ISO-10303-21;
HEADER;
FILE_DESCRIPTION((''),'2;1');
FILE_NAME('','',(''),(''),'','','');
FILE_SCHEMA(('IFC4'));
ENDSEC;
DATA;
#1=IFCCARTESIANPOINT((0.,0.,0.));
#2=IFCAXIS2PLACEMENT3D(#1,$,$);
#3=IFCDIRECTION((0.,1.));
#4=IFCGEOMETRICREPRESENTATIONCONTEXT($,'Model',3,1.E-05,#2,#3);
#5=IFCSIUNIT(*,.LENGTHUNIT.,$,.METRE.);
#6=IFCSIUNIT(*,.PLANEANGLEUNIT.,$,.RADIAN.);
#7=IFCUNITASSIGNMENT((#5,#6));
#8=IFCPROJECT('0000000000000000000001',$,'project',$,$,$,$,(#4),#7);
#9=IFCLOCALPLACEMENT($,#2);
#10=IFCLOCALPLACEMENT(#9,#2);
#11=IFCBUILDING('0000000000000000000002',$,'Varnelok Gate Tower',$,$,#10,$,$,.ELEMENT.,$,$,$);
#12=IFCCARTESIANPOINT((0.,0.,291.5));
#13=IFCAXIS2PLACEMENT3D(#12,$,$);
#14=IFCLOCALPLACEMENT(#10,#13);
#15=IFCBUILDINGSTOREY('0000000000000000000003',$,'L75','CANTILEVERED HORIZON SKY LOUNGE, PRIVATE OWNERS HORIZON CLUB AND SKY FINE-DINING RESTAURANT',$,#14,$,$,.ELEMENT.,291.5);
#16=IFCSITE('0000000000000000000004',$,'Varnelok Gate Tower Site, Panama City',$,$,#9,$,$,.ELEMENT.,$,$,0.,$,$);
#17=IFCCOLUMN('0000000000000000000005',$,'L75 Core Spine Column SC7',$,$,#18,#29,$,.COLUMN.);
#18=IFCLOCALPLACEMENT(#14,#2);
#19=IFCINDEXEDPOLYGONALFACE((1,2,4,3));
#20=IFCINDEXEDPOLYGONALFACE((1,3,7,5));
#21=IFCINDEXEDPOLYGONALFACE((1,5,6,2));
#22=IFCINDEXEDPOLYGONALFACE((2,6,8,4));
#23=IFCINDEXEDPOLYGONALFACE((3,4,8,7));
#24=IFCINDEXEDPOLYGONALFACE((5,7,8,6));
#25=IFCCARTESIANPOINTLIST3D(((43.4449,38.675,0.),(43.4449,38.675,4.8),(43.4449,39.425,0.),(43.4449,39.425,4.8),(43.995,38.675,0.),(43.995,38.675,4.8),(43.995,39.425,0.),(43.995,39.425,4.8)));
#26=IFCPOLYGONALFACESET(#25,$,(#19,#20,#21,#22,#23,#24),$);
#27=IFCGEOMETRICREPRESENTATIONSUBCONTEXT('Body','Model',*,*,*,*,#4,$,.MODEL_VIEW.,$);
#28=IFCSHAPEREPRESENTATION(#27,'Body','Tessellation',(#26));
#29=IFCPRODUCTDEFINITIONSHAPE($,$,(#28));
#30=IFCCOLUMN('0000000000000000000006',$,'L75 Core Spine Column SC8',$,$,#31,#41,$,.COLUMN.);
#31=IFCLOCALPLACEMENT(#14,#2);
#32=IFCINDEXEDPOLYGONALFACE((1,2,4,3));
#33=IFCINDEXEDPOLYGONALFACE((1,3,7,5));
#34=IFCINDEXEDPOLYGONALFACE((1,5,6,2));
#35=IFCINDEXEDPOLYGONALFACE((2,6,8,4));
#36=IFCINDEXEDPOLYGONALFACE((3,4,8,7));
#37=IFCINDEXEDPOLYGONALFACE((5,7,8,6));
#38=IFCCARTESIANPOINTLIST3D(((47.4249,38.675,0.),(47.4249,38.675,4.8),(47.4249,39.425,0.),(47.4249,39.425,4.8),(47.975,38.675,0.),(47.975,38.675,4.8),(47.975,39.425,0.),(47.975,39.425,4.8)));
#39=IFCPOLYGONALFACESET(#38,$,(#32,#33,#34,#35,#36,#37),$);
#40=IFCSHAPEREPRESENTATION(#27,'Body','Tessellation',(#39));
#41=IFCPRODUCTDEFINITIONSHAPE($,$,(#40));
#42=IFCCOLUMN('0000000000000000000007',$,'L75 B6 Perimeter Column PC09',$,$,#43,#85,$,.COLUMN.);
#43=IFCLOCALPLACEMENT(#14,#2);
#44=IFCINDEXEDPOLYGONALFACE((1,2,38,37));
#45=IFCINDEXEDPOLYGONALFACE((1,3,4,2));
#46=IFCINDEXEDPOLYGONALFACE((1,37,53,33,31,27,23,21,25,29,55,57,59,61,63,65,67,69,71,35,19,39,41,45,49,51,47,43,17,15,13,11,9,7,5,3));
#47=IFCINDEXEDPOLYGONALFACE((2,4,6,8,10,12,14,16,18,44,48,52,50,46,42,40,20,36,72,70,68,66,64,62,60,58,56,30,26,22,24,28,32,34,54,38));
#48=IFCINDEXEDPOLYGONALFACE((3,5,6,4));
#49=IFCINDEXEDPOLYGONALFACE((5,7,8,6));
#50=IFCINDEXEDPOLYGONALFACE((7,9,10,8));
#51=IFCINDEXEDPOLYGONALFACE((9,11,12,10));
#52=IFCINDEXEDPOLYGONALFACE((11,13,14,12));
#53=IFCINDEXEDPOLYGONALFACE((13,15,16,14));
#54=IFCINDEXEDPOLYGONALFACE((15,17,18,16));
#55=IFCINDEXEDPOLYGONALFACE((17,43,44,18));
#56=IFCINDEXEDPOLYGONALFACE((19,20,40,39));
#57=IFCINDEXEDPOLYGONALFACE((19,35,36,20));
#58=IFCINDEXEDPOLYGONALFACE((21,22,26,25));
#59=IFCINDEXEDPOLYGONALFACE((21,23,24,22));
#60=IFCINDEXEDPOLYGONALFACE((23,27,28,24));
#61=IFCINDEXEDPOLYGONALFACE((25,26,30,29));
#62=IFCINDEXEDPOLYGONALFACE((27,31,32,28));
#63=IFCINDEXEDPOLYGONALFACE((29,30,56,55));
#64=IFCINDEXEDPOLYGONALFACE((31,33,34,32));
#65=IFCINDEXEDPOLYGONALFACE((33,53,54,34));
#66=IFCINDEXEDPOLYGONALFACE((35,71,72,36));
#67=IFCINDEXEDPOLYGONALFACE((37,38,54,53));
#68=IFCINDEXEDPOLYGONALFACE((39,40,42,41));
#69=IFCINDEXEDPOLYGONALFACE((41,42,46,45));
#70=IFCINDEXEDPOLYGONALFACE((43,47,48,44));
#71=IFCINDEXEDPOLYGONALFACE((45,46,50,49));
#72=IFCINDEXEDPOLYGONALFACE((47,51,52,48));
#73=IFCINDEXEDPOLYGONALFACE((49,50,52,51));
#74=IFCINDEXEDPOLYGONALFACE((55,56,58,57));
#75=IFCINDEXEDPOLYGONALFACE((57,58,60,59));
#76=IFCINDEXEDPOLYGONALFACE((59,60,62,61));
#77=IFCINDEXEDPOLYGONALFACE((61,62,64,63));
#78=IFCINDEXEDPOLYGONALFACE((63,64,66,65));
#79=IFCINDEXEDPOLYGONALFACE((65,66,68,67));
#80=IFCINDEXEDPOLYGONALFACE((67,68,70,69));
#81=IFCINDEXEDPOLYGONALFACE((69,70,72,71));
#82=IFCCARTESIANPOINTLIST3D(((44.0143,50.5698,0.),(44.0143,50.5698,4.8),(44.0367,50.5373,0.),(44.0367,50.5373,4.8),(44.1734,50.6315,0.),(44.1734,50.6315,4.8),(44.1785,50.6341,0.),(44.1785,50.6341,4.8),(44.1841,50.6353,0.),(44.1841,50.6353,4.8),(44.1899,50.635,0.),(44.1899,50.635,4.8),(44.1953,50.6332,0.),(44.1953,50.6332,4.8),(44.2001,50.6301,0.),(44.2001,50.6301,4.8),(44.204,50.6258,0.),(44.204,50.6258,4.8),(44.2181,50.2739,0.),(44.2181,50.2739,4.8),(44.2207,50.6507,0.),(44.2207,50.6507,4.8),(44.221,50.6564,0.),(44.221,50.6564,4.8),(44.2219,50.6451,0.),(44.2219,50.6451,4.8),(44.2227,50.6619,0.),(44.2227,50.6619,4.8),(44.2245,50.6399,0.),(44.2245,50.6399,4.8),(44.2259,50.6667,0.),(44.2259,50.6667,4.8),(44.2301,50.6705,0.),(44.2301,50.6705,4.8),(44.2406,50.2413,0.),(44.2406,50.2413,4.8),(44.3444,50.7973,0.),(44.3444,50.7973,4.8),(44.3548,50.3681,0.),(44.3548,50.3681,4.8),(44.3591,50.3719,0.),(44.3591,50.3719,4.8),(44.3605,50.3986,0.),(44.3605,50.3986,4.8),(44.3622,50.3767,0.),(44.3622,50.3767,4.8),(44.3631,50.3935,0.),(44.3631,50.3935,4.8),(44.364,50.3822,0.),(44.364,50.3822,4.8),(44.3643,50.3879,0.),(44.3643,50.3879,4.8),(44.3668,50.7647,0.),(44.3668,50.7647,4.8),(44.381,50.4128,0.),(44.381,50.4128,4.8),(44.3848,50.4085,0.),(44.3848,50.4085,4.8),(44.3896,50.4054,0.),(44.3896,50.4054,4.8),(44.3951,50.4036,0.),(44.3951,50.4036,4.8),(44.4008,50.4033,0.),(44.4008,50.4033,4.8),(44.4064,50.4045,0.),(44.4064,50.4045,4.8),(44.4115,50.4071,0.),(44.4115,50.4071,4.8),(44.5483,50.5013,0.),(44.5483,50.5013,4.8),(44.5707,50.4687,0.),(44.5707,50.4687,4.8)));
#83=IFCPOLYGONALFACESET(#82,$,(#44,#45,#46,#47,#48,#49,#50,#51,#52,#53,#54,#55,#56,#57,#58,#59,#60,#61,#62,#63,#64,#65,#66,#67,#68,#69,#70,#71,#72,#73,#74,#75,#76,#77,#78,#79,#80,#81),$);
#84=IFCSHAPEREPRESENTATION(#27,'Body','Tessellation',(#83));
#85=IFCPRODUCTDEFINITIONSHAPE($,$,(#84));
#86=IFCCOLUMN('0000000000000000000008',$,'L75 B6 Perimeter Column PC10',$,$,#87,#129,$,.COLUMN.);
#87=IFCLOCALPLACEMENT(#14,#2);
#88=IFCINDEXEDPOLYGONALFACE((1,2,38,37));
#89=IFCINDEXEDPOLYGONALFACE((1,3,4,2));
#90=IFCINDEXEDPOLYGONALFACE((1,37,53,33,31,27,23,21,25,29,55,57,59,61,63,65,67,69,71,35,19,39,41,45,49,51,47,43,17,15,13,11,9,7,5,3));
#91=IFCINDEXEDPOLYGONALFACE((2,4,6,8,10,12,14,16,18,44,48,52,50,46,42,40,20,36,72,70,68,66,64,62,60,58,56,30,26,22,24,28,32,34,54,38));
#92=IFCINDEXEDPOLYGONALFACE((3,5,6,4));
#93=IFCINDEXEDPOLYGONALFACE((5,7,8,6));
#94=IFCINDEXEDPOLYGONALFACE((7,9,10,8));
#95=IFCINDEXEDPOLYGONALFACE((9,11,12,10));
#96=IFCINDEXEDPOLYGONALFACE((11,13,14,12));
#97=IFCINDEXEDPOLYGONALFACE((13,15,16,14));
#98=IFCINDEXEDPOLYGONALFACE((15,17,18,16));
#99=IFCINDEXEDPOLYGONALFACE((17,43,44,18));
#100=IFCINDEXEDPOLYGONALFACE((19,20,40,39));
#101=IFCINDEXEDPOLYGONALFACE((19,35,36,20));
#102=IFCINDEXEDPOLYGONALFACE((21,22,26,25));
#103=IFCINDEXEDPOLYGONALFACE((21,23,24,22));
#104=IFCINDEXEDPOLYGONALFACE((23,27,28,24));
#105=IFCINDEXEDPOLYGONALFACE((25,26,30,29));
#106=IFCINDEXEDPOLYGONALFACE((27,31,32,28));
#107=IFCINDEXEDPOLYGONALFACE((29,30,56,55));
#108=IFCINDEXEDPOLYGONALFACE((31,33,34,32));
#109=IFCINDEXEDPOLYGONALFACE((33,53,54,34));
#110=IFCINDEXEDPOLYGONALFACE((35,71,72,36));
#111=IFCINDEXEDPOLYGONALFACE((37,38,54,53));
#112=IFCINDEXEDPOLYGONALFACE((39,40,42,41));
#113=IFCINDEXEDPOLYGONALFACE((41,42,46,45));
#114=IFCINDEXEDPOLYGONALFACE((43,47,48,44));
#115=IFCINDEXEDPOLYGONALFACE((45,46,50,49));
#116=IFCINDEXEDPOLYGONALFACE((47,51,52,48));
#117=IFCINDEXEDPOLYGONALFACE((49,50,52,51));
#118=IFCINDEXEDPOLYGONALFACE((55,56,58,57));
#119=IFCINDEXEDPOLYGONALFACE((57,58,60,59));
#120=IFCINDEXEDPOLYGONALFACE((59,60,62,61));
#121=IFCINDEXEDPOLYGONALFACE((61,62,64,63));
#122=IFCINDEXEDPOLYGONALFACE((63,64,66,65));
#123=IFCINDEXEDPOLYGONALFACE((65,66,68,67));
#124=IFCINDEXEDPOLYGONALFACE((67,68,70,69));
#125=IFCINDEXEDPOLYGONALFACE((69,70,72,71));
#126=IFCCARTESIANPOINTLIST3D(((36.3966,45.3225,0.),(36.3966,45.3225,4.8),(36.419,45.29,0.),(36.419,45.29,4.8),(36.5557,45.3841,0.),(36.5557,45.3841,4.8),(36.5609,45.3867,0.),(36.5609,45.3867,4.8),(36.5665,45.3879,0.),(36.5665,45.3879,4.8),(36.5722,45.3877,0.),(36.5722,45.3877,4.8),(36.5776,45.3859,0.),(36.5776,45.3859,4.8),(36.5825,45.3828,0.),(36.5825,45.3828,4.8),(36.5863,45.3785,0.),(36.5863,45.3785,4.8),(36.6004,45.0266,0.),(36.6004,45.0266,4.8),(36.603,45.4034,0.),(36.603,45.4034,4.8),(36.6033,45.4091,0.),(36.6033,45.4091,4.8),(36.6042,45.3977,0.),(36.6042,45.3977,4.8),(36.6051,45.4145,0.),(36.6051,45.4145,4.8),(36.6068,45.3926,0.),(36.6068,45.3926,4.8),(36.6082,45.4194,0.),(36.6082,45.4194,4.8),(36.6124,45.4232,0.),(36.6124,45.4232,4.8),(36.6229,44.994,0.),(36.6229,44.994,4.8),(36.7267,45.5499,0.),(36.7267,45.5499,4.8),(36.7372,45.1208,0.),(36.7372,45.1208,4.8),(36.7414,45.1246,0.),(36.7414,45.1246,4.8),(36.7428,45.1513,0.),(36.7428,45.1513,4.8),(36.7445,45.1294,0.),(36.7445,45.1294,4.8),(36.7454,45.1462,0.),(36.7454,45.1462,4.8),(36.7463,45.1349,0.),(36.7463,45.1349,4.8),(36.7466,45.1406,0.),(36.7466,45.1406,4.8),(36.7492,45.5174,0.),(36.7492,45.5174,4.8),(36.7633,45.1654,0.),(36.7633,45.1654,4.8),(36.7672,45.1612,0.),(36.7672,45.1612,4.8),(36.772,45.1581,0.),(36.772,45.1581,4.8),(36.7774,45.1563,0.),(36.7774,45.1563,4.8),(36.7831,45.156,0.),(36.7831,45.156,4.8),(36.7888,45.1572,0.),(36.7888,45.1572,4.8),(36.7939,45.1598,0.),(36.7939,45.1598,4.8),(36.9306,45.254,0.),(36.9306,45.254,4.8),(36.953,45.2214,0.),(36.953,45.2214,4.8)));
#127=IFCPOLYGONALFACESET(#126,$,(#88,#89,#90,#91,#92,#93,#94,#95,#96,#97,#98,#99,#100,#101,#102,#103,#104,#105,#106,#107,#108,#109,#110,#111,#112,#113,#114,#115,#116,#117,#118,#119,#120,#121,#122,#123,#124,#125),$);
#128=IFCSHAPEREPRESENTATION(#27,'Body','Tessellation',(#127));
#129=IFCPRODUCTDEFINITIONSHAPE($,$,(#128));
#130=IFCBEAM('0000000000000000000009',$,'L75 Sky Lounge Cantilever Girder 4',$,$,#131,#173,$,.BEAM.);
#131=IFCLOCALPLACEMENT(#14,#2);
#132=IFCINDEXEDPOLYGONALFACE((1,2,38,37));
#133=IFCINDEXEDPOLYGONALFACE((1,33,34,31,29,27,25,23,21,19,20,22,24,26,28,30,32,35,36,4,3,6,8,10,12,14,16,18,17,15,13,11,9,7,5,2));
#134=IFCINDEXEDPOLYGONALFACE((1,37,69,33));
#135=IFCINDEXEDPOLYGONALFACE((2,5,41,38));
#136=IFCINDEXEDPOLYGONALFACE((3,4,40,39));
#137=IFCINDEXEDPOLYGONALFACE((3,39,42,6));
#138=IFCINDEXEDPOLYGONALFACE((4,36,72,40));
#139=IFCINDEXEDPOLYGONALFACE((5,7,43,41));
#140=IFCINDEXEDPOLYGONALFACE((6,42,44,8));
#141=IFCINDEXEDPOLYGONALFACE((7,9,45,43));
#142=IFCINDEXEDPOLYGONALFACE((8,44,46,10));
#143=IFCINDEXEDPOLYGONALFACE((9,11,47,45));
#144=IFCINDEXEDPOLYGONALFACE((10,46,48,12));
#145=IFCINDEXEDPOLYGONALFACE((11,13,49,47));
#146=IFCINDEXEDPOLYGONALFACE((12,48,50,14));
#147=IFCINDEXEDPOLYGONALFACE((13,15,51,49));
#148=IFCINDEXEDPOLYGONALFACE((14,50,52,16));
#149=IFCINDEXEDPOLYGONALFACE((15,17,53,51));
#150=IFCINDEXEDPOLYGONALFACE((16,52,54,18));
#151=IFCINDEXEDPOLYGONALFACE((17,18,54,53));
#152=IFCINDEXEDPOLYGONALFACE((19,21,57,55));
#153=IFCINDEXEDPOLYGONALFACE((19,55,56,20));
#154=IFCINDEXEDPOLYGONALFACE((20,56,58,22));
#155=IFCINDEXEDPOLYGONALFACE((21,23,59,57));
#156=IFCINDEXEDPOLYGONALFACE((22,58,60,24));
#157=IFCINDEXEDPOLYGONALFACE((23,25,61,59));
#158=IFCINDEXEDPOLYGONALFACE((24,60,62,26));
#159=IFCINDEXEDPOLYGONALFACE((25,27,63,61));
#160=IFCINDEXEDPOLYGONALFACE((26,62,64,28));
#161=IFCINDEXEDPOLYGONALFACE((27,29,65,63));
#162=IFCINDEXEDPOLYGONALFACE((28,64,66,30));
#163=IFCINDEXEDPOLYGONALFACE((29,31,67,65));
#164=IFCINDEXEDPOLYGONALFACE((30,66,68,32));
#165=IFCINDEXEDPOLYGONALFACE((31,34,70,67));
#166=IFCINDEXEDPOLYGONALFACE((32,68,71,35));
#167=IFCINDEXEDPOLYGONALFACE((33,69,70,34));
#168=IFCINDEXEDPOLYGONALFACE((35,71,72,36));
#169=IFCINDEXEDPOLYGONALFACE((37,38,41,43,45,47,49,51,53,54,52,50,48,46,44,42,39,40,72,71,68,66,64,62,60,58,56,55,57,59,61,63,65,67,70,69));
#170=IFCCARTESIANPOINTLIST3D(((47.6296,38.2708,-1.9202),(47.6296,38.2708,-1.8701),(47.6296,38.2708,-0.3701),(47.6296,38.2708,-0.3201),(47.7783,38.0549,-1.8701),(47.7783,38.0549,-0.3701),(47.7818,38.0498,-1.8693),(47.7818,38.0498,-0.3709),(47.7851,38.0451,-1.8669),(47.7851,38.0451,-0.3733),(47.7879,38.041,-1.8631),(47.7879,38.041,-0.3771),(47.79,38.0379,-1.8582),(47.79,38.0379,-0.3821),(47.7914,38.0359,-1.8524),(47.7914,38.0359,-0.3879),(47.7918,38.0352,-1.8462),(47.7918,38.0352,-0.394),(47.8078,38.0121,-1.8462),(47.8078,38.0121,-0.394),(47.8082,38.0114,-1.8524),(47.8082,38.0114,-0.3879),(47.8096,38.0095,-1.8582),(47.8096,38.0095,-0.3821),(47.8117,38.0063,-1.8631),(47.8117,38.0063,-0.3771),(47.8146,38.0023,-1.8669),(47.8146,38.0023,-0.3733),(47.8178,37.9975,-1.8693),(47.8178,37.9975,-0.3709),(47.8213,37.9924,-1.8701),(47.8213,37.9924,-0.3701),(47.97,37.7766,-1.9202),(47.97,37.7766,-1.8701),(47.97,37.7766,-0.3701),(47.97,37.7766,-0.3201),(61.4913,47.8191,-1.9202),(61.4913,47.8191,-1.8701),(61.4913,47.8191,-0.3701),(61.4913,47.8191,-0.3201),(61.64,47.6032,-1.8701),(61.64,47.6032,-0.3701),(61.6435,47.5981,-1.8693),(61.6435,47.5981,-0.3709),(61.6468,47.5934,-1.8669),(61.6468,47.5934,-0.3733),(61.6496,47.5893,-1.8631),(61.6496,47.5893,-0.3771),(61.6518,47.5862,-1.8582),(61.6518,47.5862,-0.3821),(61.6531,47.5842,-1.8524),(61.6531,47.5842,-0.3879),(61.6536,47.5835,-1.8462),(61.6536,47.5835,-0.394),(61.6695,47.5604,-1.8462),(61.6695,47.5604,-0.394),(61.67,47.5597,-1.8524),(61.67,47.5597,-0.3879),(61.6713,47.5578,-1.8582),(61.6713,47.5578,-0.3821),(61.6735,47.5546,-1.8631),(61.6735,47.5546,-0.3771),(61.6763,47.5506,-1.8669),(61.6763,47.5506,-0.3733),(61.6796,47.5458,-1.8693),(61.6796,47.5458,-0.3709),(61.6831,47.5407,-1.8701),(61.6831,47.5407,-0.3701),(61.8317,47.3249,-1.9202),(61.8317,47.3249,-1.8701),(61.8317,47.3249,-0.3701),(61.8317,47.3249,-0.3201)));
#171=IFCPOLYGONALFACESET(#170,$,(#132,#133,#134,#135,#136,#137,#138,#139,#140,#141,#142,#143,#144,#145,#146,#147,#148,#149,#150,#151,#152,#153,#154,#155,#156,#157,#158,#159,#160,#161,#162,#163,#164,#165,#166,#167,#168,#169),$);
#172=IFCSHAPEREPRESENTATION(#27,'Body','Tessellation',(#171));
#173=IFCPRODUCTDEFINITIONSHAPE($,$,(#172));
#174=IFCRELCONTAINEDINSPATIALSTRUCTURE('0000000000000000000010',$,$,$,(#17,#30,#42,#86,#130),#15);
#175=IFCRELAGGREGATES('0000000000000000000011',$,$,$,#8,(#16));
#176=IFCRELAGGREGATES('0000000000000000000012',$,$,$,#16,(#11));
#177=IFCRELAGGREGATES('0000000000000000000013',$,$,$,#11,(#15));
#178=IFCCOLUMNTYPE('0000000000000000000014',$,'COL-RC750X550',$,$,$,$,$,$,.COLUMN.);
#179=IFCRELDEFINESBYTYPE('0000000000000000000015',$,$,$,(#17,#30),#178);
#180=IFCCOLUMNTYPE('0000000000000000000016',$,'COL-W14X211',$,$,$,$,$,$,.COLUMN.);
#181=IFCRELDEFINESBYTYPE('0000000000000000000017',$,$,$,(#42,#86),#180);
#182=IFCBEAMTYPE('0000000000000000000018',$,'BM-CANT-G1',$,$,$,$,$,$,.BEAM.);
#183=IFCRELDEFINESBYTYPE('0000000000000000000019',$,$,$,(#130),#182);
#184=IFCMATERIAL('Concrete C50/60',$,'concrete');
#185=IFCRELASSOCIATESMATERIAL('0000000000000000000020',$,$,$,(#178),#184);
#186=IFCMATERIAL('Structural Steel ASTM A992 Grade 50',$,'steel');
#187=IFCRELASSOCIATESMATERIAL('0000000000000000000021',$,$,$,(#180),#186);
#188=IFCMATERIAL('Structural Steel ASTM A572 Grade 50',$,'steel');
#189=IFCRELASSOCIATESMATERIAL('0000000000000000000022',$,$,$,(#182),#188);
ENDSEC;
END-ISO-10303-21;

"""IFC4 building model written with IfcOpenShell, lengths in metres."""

from ifc_helpers import new_model, si_unit, direction, frame, origin, origin_2d, place, context, subcontext, project, spatial, rectangle, i_section, extrude, material, material_profile, profile_set, type_object, element, save


model = new_model("IFC4")

# Units and contexts
model_context = context("Model", 3, precision=1e-05, world=origin(), true_north=direction((0.0, 1.0)))
body_context = subcontext(model_context, "Body", "Model", "MODEL_VIEW")
ifc_project = project(units=[si_unit("LENGTHUNIT", "METRE"), si_unit("PLANEANGLEUNIT", "RADIAN")], contexts=[model_context])

# Site, building, storey
site_placement = place(None, origin())
site = spatial("IfcSite", under=ifc_project, at=site_placement, Name="Varnelok Gate Tower Site, Panama City", CompositionType="ELEMENT", RefElevation=0.0)
building_placement = place(site_placement, origin())
building = spatial("IfcBuilding", under=site, at=building_placement, Name="Varnelok Gate Tower", CompositionType="ELEMENT")
storey_placement = place(building_placement, frame((0.0, 0.0, 291.5)))
storey = spatial("IfcBuildingStorey", under=building, at=storey_placement, Name="L75", Description="CANTILEVERED HORIZON SKY LOUNGE, PRIVATE OWNERS HORIZON CLUB AND SKY FINE-DINING RESTAURANT", CompositionType="ELEMENT", Elevation=291.5)

# Columns
ifc_material_1 = material(Name="Concrete C50/60", Category="concrete")
ifc_material_profile_1 = material_profile(ifc_material_1, rectangle(XDim=0.55, YDim=0.75, at=origin_2d()), Name="RC750X550")
ifc_profile_set_1 = profile_set([ifc_material_profile_1], Name="Concrete C50/60")
column_type_1 = type_object("IfcColumnType", Name="COL-RC750X550", PredefinedType="COLUMN", material=ifc_profile_set_1)
for number, where, z_axis, x_axis, name in (
    (1, (43.72, 39.05, 0.0), (0.0, 0.0, 1.0), (1.0, 0.0, 0.0), "L75 Core Spine Column SC7"),
    (2, (47.7, 39.05, 0.0), (0.0, 0.0, 1.0), (1.0, 0.0, 0.0), "L75 Core Spine Column SC8"),
):
    element("IfcColumn", number, at=place(storey_placement, frame(where, z_axis=z_axis, x_axis=x_axis)), inside=storey, type_object=column_type_1, Name=name, PredefinedType="COLUMN", context=body_context, shape_type="SweptSolid", body=[
        extrude(rectangle(XDim=0.55, YDim=0.75, at=origin_2d()), origin(), (0.0, 0.0, 1.0), 4.8),
    ])
ifc_material_2 = material(Name="Structural Steel ASTM A992 Grade 50", Category="steel")
ifc_material_profile_2 = material_profile(ifc_material_2, i_section(OverallWidth=0.4009, OverallDepth=0.3989, WebThickness=0.0249, FlangeThickness=0.0396, FilletRadius=0.022, at=origin_2d()), Name="W14X211")
ifc_profile_set_2 = profile_set([ifc_material_profile_2], Name="Structural Steel ASTM A992 Grade 50")
column_type_2 = type_object("IfcColumnType", Name="COL-W14X211", PredefinedType="COLUMN", material=ifc_profile_set_2)
for number, where, z_axis, x_axis, name in (
    (3, (44.2925, 50.5193, 0.0), (0.0, 0.0, 1.0), (0.823533, 0.567269, 0.0), "L75 B6 Perimeter Column PC09"),
    (4, (36.6748, 45.272, 0.0), (0.0, 0.0, 1.0), (0.823533, 0.567269, 0.0), "L75 B6 Perimeter Column PC10"),
):
    element("IfcColumn", number, at=place(storey_placement, frame(where, z_axis=z_axis, x_axis=x_axis)), inside=storey, type_object=column_type_2, Name=name, PredefinedType="COLUMN", context=body_context, shape_type="SweptSolid", body=[
        extrude(i_section(OverallWidth=0.4009, OverallDepth=0.3989, WebThickness=0.0249, FlangeThickness=0.0396, FilletRadius=0.022, at=origin_2d()), origin(), (0.0, 0.0, 1.0), 4.8),
    ])

# Beam
ifc_material_3 = material(Name="Structural Steel ASTM A572 Grade 50", Category="steel")
ifc_material_profile_3 = material_profile(ifc_material_3, i_section(OverallWidth=0.6001, OverallDepth=1.6001, WebThickness=0.0281, FlangeThickness=0.05, FilletRadius=0.0239, at=origin_2d()), Name="PG1600X600")
ifc_profile_set_3 = profile_set([ifc_material_profile_3], Name="Structural Steel ASTM A572 Grade 50")
beam_type_1 = type_object("IfcBeamType", Name="BM-CANT-G1", PredefinedType="BEAM", material=ifc_profile_set_3)
beam_1_placement = place(storey_placement, frame((47.7998, 38.0237, -1.1201), z_axis=(0.823533, 0.567269, 0.0), x_axis=(-0.567269, 0.823533, 0.0)))
element("IfcBeam", 5, at=beam_1_placement, inside=storey, type_object=beam_type_1, Name="L75 Sky Lounge Cantilever Girder 4", PredefinedType="BEAM", context=body_context, shape_type="SweptSolid", body=[
    extrude(i_section(OverallWidth=0.6001, OverallDepth=1.6001, WebThickness=0.0281, FlangeThickness=0.05, FilletRadius=0.0239, at=origin_2d()), origin(), (0.0, 0.0, 1.0), 16.832),
])

save(model, "model.ifc")
